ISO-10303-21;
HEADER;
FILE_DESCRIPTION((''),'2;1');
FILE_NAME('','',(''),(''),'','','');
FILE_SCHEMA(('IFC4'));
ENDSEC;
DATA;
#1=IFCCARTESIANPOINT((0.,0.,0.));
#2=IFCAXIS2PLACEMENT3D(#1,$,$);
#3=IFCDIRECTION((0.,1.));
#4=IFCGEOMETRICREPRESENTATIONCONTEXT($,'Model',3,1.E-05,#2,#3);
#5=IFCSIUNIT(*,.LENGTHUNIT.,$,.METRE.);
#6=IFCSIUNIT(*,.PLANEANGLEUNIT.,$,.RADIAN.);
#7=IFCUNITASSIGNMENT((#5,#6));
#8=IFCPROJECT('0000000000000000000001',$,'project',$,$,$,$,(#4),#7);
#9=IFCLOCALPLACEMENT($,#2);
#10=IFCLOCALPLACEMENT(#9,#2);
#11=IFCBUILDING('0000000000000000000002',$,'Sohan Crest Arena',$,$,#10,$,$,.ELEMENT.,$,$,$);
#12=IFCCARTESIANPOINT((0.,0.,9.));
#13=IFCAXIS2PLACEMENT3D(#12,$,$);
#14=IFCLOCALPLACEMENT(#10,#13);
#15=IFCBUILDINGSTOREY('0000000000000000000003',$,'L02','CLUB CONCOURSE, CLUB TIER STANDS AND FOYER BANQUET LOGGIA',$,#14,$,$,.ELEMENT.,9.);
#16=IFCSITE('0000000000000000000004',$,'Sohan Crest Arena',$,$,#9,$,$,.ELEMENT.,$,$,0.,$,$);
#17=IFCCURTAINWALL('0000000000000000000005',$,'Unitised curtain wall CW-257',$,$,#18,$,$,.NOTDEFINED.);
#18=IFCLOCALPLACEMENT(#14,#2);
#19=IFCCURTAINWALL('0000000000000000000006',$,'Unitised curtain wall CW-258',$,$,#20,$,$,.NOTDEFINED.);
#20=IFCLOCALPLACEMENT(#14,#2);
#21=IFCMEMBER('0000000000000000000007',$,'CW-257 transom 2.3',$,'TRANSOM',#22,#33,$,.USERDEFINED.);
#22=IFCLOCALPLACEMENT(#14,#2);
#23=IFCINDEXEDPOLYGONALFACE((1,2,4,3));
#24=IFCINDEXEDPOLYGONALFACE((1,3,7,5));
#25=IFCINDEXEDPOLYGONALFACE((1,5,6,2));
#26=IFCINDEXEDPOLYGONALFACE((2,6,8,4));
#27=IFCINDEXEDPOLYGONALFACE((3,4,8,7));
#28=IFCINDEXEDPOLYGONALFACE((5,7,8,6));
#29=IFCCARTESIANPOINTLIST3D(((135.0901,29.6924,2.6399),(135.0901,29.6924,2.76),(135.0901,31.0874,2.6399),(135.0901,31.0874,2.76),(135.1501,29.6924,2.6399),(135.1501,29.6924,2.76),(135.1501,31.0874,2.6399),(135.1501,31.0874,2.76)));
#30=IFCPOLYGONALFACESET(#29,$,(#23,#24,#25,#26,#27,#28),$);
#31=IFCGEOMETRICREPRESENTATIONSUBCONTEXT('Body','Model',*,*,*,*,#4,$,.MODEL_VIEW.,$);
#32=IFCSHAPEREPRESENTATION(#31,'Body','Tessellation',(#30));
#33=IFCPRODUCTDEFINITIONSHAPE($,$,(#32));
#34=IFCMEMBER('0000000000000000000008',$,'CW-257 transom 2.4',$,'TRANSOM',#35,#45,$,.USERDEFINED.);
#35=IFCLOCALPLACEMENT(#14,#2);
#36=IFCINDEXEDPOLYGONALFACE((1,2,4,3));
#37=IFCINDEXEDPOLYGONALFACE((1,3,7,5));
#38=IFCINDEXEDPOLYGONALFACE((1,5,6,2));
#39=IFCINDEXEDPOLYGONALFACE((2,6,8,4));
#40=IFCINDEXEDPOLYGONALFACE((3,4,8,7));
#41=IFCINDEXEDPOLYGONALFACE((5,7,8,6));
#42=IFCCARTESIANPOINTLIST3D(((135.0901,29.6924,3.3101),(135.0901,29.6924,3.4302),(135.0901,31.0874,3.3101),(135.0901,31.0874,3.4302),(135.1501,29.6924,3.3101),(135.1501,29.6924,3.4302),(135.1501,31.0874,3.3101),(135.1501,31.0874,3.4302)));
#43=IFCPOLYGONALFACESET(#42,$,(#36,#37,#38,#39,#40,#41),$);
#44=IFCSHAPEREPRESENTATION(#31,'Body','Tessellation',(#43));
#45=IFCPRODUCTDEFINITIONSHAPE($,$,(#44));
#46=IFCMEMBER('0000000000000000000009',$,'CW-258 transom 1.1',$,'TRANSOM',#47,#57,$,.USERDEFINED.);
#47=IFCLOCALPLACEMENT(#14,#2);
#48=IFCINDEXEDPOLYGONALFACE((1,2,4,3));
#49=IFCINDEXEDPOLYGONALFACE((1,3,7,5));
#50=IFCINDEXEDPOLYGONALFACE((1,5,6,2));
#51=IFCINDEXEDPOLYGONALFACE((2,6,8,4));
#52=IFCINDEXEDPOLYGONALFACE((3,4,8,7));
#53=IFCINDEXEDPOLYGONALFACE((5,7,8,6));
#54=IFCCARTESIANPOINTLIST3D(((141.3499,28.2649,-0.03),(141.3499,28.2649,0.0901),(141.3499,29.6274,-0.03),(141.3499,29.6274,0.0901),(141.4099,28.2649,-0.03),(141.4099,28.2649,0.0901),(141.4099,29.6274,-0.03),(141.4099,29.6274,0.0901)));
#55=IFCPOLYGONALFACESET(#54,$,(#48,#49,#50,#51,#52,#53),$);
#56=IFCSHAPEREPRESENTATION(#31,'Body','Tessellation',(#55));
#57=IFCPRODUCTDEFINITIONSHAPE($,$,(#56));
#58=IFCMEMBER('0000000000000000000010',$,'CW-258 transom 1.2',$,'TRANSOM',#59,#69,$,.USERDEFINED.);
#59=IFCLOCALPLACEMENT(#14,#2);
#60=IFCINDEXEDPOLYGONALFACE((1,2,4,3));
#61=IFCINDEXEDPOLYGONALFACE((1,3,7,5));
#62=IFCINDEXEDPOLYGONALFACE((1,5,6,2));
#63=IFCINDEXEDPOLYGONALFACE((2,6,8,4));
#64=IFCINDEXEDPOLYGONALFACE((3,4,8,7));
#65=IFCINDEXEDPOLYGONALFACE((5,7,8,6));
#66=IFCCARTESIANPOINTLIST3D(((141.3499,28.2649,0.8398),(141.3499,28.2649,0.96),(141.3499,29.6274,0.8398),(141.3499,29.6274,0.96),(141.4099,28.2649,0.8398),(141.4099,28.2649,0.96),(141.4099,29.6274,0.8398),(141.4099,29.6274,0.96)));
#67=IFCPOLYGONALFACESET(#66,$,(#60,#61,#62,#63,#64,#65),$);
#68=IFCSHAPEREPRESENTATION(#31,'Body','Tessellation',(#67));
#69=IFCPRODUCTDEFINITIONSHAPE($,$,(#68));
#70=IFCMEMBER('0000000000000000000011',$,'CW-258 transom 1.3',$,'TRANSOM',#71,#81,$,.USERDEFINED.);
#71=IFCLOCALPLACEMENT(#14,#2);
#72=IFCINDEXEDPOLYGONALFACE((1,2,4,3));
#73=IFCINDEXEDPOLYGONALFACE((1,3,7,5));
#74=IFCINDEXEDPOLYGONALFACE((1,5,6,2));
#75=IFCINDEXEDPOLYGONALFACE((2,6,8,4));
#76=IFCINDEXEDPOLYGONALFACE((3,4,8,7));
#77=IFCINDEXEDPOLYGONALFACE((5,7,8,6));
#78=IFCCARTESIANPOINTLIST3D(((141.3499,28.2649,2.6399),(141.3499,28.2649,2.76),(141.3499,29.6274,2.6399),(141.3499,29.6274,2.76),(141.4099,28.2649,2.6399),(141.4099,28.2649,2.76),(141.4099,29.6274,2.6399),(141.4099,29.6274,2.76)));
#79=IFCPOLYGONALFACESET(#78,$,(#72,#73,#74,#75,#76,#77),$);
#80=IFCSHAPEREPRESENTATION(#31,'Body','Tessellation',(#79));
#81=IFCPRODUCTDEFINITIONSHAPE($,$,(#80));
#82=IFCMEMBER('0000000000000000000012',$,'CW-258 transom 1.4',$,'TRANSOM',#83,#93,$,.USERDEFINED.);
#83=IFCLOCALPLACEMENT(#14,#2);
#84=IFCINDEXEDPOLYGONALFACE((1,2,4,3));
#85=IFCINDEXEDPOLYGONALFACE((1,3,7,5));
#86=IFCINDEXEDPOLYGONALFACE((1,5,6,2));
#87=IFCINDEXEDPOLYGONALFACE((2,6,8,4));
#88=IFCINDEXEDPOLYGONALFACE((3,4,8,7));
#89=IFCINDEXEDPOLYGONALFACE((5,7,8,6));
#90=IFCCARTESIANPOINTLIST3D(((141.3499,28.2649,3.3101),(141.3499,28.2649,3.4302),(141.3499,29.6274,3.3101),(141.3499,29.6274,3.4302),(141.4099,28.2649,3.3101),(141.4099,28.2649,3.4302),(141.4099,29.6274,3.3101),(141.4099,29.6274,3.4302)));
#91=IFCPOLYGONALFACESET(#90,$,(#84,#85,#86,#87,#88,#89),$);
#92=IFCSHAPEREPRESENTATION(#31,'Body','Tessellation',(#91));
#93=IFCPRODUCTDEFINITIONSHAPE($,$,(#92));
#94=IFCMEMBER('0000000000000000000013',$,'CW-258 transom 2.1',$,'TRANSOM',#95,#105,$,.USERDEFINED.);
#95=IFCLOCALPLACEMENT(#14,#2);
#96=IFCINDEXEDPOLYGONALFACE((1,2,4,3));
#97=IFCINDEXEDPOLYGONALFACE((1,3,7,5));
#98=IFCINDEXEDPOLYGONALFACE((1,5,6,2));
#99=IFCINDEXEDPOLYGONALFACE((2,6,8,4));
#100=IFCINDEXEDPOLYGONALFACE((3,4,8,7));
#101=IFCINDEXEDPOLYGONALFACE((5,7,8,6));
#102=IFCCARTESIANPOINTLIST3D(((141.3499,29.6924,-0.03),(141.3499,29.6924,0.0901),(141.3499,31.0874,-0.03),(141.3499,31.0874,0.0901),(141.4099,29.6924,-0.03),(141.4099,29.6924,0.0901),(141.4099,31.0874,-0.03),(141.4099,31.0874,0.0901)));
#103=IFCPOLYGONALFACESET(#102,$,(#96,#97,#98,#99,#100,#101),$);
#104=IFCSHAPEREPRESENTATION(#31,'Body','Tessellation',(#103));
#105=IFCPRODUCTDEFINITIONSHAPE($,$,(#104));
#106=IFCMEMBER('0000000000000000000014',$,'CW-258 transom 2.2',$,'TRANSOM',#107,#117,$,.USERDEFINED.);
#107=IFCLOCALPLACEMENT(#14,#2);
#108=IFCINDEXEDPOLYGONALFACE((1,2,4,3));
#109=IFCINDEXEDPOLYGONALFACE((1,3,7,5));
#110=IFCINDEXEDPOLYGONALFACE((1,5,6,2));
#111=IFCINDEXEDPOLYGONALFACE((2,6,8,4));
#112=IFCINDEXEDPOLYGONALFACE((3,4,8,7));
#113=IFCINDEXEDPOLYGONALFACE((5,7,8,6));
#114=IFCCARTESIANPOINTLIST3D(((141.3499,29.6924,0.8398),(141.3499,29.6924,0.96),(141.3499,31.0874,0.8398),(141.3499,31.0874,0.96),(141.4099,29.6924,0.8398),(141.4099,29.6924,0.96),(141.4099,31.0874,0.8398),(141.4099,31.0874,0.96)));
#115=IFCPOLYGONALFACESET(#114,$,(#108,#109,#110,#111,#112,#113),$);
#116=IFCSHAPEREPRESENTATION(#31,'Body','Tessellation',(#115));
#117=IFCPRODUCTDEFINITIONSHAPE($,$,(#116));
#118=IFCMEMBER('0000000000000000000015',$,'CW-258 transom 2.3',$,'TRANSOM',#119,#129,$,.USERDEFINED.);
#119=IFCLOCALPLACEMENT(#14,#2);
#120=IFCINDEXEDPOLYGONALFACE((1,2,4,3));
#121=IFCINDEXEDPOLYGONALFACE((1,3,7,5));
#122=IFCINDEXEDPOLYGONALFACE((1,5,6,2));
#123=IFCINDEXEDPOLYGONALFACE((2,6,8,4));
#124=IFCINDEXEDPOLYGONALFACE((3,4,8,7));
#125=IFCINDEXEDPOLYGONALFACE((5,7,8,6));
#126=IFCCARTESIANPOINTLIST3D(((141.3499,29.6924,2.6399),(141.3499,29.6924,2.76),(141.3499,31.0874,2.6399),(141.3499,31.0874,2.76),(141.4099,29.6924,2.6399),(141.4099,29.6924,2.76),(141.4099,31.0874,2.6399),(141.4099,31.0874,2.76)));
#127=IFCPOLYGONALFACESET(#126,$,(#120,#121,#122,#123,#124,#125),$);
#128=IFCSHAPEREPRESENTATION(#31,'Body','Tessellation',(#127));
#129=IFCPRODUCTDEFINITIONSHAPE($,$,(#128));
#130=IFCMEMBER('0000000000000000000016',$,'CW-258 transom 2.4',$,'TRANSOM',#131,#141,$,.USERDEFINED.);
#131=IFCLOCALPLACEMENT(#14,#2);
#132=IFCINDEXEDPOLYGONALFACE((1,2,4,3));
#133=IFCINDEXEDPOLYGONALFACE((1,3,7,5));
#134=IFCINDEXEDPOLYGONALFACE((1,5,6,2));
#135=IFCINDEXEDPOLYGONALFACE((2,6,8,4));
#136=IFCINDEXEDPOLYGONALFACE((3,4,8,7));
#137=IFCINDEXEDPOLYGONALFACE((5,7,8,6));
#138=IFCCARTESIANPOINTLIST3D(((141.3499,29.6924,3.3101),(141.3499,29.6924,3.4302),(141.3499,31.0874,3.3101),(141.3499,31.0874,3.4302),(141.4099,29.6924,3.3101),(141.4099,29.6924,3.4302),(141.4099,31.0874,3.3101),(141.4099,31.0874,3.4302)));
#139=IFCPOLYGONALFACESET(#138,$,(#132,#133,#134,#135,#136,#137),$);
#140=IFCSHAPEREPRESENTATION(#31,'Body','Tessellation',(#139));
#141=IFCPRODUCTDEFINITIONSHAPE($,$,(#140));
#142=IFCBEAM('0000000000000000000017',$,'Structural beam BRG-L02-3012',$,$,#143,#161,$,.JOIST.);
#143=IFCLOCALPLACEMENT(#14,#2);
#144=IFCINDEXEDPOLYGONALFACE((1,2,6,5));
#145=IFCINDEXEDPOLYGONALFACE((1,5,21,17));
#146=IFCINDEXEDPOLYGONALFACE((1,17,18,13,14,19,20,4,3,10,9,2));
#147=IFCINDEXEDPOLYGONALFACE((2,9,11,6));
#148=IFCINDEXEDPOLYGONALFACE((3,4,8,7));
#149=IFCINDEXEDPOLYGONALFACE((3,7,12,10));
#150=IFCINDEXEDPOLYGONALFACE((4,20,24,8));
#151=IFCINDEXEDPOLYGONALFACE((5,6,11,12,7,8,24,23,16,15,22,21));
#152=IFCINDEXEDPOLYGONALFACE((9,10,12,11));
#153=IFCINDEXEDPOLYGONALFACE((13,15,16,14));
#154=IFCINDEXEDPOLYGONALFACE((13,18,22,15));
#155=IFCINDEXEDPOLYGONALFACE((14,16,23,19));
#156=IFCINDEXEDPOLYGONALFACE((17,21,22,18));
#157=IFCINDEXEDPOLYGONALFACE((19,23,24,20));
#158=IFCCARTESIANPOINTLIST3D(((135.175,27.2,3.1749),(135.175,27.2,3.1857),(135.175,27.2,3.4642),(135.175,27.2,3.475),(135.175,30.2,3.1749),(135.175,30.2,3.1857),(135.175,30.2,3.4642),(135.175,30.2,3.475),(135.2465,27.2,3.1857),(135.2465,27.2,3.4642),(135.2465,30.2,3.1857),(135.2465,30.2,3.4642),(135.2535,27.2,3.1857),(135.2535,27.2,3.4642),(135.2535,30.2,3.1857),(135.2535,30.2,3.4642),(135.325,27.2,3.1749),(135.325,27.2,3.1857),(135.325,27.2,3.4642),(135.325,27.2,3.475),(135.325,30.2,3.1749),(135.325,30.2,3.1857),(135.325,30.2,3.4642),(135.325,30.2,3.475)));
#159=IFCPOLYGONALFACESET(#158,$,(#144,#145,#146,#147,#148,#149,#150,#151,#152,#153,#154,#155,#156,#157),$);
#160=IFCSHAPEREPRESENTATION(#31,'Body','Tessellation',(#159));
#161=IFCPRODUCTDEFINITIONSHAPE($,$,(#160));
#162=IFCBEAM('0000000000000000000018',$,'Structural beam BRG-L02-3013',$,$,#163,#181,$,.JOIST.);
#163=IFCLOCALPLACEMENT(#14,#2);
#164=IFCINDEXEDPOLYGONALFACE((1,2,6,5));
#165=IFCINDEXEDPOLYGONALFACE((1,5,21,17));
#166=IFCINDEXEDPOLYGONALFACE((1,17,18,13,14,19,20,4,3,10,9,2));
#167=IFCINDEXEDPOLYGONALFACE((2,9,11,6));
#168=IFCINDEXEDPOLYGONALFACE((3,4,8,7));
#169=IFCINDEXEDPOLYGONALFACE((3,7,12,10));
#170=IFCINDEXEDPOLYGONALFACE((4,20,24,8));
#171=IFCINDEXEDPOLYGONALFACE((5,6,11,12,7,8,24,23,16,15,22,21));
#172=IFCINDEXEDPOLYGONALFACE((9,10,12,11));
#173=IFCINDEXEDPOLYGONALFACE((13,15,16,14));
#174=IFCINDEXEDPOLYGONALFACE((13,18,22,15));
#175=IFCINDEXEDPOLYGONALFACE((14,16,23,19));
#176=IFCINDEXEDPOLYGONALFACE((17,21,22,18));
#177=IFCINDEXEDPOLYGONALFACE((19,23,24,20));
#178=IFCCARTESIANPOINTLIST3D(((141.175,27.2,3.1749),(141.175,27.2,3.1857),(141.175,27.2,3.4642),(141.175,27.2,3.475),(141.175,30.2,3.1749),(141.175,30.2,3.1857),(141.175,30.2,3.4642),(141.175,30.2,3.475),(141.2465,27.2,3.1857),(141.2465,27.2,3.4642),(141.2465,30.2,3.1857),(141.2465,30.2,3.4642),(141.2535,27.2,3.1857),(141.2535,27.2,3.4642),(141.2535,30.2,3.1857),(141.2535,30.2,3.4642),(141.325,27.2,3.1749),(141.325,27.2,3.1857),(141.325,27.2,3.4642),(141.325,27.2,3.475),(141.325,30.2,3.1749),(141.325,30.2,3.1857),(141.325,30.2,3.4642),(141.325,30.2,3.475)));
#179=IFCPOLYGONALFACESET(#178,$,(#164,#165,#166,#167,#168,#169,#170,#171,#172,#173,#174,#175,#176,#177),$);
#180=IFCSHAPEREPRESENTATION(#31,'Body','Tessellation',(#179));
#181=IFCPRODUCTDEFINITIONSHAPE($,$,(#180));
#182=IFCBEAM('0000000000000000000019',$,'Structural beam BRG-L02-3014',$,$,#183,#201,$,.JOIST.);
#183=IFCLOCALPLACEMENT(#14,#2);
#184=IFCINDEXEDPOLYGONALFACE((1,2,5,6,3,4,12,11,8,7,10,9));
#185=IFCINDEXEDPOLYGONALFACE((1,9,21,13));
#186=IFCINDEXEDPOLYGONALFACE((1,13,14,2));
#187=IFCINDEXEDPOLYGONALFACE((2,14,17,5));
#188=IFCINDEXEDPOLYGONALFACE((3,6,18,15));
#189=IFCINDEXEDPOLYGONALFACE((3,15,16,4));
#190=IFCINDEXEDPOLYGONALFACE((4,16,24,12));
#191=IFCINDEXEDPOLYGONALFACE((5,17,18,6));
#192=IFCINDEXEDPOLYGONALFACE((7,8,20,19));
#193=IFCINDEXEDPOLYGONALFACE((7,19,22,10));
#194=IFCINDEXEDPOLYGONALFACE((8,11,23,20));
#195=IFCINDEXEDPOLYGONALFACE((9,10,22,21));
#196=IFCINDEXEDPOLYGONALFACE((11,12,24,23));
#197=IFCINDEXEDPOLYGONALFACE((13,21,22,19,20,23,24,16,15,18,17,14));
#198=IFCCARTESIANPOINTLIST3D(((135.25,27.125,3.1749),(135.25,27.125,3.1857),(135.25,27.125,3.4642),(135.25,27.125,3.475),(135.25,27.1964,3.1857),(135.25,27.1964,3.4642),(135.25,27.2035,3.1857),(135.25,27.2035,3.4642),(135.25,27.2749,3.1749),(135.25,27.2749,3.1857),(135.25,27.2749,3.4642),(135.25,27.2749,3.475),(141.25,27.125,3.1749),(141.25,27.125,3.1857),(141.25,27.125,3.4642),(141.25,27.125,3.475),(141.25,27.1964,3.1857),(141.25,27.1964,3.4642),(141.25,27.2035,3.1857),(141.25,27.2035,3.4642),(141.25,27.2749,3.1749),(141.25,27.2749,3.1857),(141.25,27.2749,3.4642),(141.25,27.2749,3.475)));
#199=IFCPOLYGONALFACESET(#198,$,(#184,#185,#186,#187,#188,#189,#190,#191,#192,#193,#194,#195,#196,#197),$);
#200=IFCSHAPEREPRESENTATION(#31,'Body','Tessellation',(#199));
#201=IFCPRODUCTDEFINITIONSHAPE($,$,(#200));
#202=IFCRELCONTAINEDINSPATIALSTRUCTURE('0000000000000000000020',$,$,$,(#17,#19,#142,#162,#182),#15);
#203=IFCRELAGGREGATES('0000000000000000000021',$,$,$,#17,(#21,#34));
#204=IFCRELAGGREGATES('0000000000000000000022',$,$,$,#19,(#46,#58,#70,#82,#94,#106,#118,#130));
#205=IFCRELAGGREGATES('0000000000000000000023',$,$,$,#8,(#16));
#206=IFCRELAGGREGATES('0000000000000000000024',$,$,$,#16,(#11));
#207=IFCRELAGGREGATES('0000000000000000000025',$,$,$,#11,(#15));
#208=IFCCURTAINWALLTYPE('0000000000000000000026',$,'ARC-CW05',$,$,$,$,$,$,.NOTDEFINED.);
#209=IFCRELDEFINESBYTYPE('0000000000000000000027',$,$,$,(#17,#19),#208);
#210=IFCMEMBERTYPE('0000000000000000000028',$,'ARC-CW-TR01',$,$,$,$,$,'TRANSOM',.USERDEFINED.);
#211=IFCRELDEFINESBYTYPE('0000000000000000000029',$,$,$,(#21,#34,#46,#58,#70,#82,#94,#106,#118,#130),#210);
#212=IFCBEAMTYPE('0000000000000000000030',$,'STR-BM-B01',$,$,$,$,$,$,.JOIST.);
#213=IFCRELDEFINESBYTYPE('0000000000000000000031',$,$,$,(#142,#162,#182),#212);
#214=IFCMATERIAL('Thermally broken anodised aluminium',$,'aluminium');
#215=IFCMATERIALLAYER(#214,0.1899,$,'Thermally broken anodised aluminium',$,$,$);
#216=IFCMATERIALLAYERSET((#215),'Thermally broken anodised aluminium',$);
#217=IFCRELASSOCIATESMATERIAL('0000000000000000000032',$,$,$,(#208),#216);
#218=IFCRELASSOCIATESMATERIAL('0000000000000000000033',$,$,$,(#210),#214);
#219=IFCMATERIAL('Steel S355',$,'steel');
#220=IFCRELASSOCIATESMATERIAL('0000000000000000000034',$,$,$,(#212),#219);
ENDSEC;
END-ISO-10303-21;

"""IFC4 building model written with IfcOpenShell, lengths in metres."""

from ifc_helpers import new_model, si_unit, direction, frame, origin, origin_2d, place, context, subcontext, project, spatial, rectangle, i_section, extrude, material, layer, layer_set, material_profile, profile_set, type_object, element, aggregate, save


model = new_model("IFC4")

# Units and contexts
model_context = context("Model", 3, precision=1e-05, world=origin(), true_north=direction((0.0, 1.0)))
body_context = subcontext(model_context, "Body", "Model", "MODEL_VIEW")
ifc_project = project(units=[si_unit("LENGTHUNIT", "METRE"), si_unit("PLANEANGLEUNIT", "RADIAN")], contexts=[model_context])

# Site, building, storey
site_placement = place(None, origin())
site = spatial("IfcSite", under=ifc_project, at=site_placement, Name="Sohan Crest Arena", CompositionType="ELEMENT", RefElevation=0.0)
building_placement = place(site_placement, origin())
building = spatial("IfcBuilding", under=site, at=building_placement, Name="Sohan Crest Arena", CompositionType="ELEMENT")
storey_placement = place(building_placement, frame((0.0, 0.0, 9.0)))
storey = spatial("IfcBuildingStorey", under=building, at=storey_placement, Name="L02", Description="CLUB CONCOURSE, CLUB TIER STANDS AND FOYER BANQUET LOGGIA", CompositionType="ELEMENT", Elevation=9.0)

# Shared definitions
ifc_material_1 = material(Name="Steel S355", Category="steel")

# Curtain walls
ifc_material_2 = material(Name="Thermally broken anodised aluminium", Category="aluminium")
ifc_layer_1 = layer(ifc_material_2, 0.1899, Name="Thermally broken anodised aluminium")
ifc_layer_set_1 = layer_set([ifc_layer_1], Name="Thermally broken anodised aluminium")
curtain_wall_type = type_object("IfcCurtainWallType", Name="ARC-CW05", PredefinedType="NOTDEFINED", material=ifc_layer_set_1)
curtain_wall_1_placement = place(storey_placement, origin())
curtain_wall_1 = element("IfcCurtainWall", 1, at=curtain_wall_1_placement, inside=storey, type_object=curtain_wall_type, Name="Unitised curtain wall CW-257", PredefinedType="NOTDEFINED")
curtain_wall_2_placement = place(storey_placement, origin())
curtain_wall_2 = element("IfcCurtainWall", 2, at=curtain_wall_2_placement, inside=storey, type_object=curtain_wall_type, Name="Unitised curtain wall CW-258", PredefinedType="NOTDEFINED")

# Members
ifc_material_profile_1 = material_profile(ifc_material_2, rectangle(XDim=0.0601, YDim=0.1201, at=origin_2d()), Name="ALU-TRAN 60x120")
ifc_profile_set_1 = profile_set([ifc_material_profile_1], Name="Thermally broken anodised aluminium")
member_type_1 = type_object("IfcMemberType", Name="ARC-CW-TR01", ElementType="TRANSOM", PredefinedType="USERDEFINED", material=ifc_profile_set_1)
member_1_placement = place(storey_placement, frame((135.1201, 29.6924, 2.7), z_axis=(0.0, 1.0, 0.0), x_axis=(-1.0, 0.0, 0.0)))
member_1 = element("IfcMember", 3, at=member_1_placement, type_object=member_type_1, Name="CW-257 transom 2.3", ObjectType="TRANSOM", PredefinedType="USERDEFINED", context=body_context, shape_type="SweptSolid", body=[
    extrude(rectangle(XDim=0.0601, YDim=0.1201, at=origin_2d()), origin(), (0.0, 0.0, 1.0), 1.395),
])
member_2_placement = place(storey_placement, frame((135.1201, 29.6924, 3.3701), z_axis=(0.0, 1.0, 0.0), x_axis=(-1.0, 0.0, 0.0)))
member_2 = element("IfcMember", 4, at=member_2_placement, type_object=member_type_1, Name="CW-257 transom 2.4", ObjectType="TRANSOM", PredefinedType="USERDEFINED", context=body_context, shape_type="SweptSolid", body=[
    extrude(rectangle(XDim=0.0601, YDim=0.1201, at=origin_2d()), origin(), (0.0, 0.0, 1.0), 1.395),
])
member_3_placement = place(storey_placement, frame((141.3799, 28.2649, 0.03), z_axis=(0.0, 1.0, 0.0), x_axis=(-1.0, 0.0, 0.0)))
member_3 = element("IfcMember", 5, at=member_3_placement, type_object=member_type_1, Name="CW-258 transom 1.1", ObjectType="TRANSOM", PredefinedType="USERDEFINED", context=body_context, shape_type="SweptSolid", body=[
    extrude(rectangle(XDim=0.0601, YDim=0.1201, at=origin_2d()), origin(), (0.0, 0.0, 1.0), 1.3625),
])
member_4_placement = place(storey_placement, frame((141.3799, 28.2649, 0.8999), z_axis=(0.0, 1.0, 0.0), x_axis=(-1.0, 0.0, 0.0)))
member_4 = element("IfcMember", 6, at=member_4_placement, type_object=member_type_1, Name="CW-258 transom 1.2", ObjectType="TRANSOM", PredefinedType="USERDEFINED", context=body_context, shape_type="SweptSolid", body=[
    extrude(rectangle(XDim=0.0601, YDim=0.1201, at=origin_2d()), origin(), (0.0, 0.0, 1.0), 1.3625),
])
member_5_placement = place(storey_placement, frame((141.3799, 28.2649, 2.7), z_axis=(0.0, 1.0, 0.0), x_axis=(-1.0, 0.0, 0.0)))
member_5 = element("IfcMember", 7, at=member_5_placement, type_object=member_type_1, Name="CW-258 transom 1.3", ObjectType="TRANSOM", PredefinedType="USERDEFINED", context=body_context, shape_type="SweptSolid", body=[
    extrude(rectangle(XDim=0.0601, YDim=0.1201, at=origin_2d()), origin(), (0.0, 0.0, 1.0), 1.3625),
])
member_6_placement = place(storey_placement, frame((141.3799, 28.2649, 3.3701), z_axis=(0.0, 1.0, 0.0), x_axis=(-1.0, 0.0, 0.0)))
member_6 = element("IfcMember", 8, at=member_6_placement, type_object=member_type_1, Name="CW-258 transom 1.4", ObjectType="TRANSOM", PredefinedType="USERDEFINED", context=body_context, shape_type="SweptSolid", body=[
    extrude(rectangle(XDim=0.0601, YDim=0.1201, at=origin_2d()), origin(), (0.0, 0.0, 1.0), 1.3625),
])
member_7_placement = place(storey_placement, frame((141.3799, 29.6924, 0.03), z_axis=(0.0, 1.0, 0.0), x_axis=(-1.0, 0.0, 0.0)))
member_7 = element("IfcMember", 9, at=member_7_placement, type_object=member_type_1, Name="CW-258 transom 2.1", ObjectType="TRANSOM", PredefinedType="USERDEFINED", context=body_context, shape_type="SweptSolid", body=[
    extrude(rectangle(XDim=0.0601, YDim=0.1201, at=origin_2d()), origin(), (0.0, 0.0, 1.0), 1.395),
])
member_8_placement = place(storey_placement, frame((141.3799, 29.6924, 0.8999), z_axis=(0.0, 1.0, 0.0), x_axis=(-1.0, 0.0, 0.0)))
member_8 = element("IfcMember", 10, at=member_8_placement, type_object=member_type_1, Name="CW-258 transom 2.2", ObjectType="TRANSOM", PredefinedType="USERDEFINED", context=body_context, shape_type="SweptSolid", body=[
    extrude(rectangle(XDim=0.0601, YDim=0.1201, at=origin_2d()), origin(), (0.0, 0.0, 1.0), 1.395),
])
member_9_placement = place(storey_placement, frame((141.3799, 29.6924, 2.7), z_axis=(0.0, 1.0, 0.0), x_axis=(-1.0, 0.0, 0.0)))
member_9 = element("IfcMember", 11, at=member_9_placement, type_object=member_type_1, Name="CW-258 transom 2.3", ObjectType="TRANSOM", PredefinedType="USERDEFINED", context=body_context, shape_type="SweptSolid", body=[
    extrude(rectangle(XDim=0.0601, YDim=0.1201, at=origin_2d()), origin(), (0.0, 0.0, 1.0), 1.395),
])
member_10_placement = place(storey_placement, frame((141.3799, 29.6924, 3.3701), z_axis=(0.0, 1.0, 0.0), x_axis=(-1.0, 0.0, 0.0)))
member_10 = element("IfcMember", 12, at=member_10_placement, type_object=member_type_1, Name="CW-258 transom 2.4", ObjectType="TRANSOM", PredefinedType="USERDEFINED", context=body_context, shape_type="SweptSolid", body=[
    extrude(rectangle(XDim=0.0601, YDim=0.1201, at=origin_2d()), origin(), (0.0, 0.0, 1.0), 1.395),
])

# Beams
ifc_material_profile_2 = material_profile(ifc_material_1, i_section(OverallWidth=0.1499, OverallDepth=0.3, WebThickness=0.0071, FlangeThickness=0.0107, at=origin_2d()), Name="IPE 300")
ifc_profile_set_2 = profile_set([ifc_material_profile_2], Name="Steel S355")
beam_type_1 = type_object("IfcBeamType", Name="STR-BM-B01", PredefinedType="JOIST", material=ifc_profile_set_2)
for number, where, z_axis, x_axis, name in (
    (13, (135.25, 27.2, 3.325), (0.0, 1.0, 0.0), (-1.0, 0.0, 0.0), "Structural beam BRG-L02-3012"),
    (14, (141.25, 27.2, 3.325), (0.0, 1.0, 0.0), (-1.0, 0.0, 0.0), "Structural beam BRG-L02-3013"),
):
    element("IfcBeam", number, at=place(storey_placement, frame(where, z_axis=z_axis, x_axis=x_axis)), inside=storey, type_object=beam_type_1, Name=name, PredefinedType="JOIST", context=body_context, shape_type="SweptSolid", body=[
        extrude(i_section(OverallWidth=0.1499, OverallDepth=0.3, WebThickness=0.0071, FlangeThickness=0.0107, at=origin_2d()), origin(), (0.0, 0.0, 1.0), 3.0),
    ])
beam_1_placement = place(storey_placement, frame((135.25, 27.2, 3.325), z_axis=(1.0, 0.0, 0.0), x_axis=(0.0, 1.0, 0.0)))
element("IfcBeam", 15, at=beam_1_placement, inside=storey, type_object=beam_type_1, Name="Structural beam BRG-L02-3014", PredefinedType="JOIST", context=body_context, shape_type="SweptSolid", body=[
    extrude(i_section(OverallWidth=0.1499, OverallDepth=0.3, WebThickness=0.0071, FlangeThickness=0.0107, at=origin_2d()), origin(), (0.0, 0.0, 1.0), 6.0),
])

aggregate(curtain_wall_1, [member_1, member_2])
aggregate(curtain_wall_2, [member_3, member_4, member_5, member_6, member_7, member_8, member_9, member_10])

save(model, "model.ifc")
